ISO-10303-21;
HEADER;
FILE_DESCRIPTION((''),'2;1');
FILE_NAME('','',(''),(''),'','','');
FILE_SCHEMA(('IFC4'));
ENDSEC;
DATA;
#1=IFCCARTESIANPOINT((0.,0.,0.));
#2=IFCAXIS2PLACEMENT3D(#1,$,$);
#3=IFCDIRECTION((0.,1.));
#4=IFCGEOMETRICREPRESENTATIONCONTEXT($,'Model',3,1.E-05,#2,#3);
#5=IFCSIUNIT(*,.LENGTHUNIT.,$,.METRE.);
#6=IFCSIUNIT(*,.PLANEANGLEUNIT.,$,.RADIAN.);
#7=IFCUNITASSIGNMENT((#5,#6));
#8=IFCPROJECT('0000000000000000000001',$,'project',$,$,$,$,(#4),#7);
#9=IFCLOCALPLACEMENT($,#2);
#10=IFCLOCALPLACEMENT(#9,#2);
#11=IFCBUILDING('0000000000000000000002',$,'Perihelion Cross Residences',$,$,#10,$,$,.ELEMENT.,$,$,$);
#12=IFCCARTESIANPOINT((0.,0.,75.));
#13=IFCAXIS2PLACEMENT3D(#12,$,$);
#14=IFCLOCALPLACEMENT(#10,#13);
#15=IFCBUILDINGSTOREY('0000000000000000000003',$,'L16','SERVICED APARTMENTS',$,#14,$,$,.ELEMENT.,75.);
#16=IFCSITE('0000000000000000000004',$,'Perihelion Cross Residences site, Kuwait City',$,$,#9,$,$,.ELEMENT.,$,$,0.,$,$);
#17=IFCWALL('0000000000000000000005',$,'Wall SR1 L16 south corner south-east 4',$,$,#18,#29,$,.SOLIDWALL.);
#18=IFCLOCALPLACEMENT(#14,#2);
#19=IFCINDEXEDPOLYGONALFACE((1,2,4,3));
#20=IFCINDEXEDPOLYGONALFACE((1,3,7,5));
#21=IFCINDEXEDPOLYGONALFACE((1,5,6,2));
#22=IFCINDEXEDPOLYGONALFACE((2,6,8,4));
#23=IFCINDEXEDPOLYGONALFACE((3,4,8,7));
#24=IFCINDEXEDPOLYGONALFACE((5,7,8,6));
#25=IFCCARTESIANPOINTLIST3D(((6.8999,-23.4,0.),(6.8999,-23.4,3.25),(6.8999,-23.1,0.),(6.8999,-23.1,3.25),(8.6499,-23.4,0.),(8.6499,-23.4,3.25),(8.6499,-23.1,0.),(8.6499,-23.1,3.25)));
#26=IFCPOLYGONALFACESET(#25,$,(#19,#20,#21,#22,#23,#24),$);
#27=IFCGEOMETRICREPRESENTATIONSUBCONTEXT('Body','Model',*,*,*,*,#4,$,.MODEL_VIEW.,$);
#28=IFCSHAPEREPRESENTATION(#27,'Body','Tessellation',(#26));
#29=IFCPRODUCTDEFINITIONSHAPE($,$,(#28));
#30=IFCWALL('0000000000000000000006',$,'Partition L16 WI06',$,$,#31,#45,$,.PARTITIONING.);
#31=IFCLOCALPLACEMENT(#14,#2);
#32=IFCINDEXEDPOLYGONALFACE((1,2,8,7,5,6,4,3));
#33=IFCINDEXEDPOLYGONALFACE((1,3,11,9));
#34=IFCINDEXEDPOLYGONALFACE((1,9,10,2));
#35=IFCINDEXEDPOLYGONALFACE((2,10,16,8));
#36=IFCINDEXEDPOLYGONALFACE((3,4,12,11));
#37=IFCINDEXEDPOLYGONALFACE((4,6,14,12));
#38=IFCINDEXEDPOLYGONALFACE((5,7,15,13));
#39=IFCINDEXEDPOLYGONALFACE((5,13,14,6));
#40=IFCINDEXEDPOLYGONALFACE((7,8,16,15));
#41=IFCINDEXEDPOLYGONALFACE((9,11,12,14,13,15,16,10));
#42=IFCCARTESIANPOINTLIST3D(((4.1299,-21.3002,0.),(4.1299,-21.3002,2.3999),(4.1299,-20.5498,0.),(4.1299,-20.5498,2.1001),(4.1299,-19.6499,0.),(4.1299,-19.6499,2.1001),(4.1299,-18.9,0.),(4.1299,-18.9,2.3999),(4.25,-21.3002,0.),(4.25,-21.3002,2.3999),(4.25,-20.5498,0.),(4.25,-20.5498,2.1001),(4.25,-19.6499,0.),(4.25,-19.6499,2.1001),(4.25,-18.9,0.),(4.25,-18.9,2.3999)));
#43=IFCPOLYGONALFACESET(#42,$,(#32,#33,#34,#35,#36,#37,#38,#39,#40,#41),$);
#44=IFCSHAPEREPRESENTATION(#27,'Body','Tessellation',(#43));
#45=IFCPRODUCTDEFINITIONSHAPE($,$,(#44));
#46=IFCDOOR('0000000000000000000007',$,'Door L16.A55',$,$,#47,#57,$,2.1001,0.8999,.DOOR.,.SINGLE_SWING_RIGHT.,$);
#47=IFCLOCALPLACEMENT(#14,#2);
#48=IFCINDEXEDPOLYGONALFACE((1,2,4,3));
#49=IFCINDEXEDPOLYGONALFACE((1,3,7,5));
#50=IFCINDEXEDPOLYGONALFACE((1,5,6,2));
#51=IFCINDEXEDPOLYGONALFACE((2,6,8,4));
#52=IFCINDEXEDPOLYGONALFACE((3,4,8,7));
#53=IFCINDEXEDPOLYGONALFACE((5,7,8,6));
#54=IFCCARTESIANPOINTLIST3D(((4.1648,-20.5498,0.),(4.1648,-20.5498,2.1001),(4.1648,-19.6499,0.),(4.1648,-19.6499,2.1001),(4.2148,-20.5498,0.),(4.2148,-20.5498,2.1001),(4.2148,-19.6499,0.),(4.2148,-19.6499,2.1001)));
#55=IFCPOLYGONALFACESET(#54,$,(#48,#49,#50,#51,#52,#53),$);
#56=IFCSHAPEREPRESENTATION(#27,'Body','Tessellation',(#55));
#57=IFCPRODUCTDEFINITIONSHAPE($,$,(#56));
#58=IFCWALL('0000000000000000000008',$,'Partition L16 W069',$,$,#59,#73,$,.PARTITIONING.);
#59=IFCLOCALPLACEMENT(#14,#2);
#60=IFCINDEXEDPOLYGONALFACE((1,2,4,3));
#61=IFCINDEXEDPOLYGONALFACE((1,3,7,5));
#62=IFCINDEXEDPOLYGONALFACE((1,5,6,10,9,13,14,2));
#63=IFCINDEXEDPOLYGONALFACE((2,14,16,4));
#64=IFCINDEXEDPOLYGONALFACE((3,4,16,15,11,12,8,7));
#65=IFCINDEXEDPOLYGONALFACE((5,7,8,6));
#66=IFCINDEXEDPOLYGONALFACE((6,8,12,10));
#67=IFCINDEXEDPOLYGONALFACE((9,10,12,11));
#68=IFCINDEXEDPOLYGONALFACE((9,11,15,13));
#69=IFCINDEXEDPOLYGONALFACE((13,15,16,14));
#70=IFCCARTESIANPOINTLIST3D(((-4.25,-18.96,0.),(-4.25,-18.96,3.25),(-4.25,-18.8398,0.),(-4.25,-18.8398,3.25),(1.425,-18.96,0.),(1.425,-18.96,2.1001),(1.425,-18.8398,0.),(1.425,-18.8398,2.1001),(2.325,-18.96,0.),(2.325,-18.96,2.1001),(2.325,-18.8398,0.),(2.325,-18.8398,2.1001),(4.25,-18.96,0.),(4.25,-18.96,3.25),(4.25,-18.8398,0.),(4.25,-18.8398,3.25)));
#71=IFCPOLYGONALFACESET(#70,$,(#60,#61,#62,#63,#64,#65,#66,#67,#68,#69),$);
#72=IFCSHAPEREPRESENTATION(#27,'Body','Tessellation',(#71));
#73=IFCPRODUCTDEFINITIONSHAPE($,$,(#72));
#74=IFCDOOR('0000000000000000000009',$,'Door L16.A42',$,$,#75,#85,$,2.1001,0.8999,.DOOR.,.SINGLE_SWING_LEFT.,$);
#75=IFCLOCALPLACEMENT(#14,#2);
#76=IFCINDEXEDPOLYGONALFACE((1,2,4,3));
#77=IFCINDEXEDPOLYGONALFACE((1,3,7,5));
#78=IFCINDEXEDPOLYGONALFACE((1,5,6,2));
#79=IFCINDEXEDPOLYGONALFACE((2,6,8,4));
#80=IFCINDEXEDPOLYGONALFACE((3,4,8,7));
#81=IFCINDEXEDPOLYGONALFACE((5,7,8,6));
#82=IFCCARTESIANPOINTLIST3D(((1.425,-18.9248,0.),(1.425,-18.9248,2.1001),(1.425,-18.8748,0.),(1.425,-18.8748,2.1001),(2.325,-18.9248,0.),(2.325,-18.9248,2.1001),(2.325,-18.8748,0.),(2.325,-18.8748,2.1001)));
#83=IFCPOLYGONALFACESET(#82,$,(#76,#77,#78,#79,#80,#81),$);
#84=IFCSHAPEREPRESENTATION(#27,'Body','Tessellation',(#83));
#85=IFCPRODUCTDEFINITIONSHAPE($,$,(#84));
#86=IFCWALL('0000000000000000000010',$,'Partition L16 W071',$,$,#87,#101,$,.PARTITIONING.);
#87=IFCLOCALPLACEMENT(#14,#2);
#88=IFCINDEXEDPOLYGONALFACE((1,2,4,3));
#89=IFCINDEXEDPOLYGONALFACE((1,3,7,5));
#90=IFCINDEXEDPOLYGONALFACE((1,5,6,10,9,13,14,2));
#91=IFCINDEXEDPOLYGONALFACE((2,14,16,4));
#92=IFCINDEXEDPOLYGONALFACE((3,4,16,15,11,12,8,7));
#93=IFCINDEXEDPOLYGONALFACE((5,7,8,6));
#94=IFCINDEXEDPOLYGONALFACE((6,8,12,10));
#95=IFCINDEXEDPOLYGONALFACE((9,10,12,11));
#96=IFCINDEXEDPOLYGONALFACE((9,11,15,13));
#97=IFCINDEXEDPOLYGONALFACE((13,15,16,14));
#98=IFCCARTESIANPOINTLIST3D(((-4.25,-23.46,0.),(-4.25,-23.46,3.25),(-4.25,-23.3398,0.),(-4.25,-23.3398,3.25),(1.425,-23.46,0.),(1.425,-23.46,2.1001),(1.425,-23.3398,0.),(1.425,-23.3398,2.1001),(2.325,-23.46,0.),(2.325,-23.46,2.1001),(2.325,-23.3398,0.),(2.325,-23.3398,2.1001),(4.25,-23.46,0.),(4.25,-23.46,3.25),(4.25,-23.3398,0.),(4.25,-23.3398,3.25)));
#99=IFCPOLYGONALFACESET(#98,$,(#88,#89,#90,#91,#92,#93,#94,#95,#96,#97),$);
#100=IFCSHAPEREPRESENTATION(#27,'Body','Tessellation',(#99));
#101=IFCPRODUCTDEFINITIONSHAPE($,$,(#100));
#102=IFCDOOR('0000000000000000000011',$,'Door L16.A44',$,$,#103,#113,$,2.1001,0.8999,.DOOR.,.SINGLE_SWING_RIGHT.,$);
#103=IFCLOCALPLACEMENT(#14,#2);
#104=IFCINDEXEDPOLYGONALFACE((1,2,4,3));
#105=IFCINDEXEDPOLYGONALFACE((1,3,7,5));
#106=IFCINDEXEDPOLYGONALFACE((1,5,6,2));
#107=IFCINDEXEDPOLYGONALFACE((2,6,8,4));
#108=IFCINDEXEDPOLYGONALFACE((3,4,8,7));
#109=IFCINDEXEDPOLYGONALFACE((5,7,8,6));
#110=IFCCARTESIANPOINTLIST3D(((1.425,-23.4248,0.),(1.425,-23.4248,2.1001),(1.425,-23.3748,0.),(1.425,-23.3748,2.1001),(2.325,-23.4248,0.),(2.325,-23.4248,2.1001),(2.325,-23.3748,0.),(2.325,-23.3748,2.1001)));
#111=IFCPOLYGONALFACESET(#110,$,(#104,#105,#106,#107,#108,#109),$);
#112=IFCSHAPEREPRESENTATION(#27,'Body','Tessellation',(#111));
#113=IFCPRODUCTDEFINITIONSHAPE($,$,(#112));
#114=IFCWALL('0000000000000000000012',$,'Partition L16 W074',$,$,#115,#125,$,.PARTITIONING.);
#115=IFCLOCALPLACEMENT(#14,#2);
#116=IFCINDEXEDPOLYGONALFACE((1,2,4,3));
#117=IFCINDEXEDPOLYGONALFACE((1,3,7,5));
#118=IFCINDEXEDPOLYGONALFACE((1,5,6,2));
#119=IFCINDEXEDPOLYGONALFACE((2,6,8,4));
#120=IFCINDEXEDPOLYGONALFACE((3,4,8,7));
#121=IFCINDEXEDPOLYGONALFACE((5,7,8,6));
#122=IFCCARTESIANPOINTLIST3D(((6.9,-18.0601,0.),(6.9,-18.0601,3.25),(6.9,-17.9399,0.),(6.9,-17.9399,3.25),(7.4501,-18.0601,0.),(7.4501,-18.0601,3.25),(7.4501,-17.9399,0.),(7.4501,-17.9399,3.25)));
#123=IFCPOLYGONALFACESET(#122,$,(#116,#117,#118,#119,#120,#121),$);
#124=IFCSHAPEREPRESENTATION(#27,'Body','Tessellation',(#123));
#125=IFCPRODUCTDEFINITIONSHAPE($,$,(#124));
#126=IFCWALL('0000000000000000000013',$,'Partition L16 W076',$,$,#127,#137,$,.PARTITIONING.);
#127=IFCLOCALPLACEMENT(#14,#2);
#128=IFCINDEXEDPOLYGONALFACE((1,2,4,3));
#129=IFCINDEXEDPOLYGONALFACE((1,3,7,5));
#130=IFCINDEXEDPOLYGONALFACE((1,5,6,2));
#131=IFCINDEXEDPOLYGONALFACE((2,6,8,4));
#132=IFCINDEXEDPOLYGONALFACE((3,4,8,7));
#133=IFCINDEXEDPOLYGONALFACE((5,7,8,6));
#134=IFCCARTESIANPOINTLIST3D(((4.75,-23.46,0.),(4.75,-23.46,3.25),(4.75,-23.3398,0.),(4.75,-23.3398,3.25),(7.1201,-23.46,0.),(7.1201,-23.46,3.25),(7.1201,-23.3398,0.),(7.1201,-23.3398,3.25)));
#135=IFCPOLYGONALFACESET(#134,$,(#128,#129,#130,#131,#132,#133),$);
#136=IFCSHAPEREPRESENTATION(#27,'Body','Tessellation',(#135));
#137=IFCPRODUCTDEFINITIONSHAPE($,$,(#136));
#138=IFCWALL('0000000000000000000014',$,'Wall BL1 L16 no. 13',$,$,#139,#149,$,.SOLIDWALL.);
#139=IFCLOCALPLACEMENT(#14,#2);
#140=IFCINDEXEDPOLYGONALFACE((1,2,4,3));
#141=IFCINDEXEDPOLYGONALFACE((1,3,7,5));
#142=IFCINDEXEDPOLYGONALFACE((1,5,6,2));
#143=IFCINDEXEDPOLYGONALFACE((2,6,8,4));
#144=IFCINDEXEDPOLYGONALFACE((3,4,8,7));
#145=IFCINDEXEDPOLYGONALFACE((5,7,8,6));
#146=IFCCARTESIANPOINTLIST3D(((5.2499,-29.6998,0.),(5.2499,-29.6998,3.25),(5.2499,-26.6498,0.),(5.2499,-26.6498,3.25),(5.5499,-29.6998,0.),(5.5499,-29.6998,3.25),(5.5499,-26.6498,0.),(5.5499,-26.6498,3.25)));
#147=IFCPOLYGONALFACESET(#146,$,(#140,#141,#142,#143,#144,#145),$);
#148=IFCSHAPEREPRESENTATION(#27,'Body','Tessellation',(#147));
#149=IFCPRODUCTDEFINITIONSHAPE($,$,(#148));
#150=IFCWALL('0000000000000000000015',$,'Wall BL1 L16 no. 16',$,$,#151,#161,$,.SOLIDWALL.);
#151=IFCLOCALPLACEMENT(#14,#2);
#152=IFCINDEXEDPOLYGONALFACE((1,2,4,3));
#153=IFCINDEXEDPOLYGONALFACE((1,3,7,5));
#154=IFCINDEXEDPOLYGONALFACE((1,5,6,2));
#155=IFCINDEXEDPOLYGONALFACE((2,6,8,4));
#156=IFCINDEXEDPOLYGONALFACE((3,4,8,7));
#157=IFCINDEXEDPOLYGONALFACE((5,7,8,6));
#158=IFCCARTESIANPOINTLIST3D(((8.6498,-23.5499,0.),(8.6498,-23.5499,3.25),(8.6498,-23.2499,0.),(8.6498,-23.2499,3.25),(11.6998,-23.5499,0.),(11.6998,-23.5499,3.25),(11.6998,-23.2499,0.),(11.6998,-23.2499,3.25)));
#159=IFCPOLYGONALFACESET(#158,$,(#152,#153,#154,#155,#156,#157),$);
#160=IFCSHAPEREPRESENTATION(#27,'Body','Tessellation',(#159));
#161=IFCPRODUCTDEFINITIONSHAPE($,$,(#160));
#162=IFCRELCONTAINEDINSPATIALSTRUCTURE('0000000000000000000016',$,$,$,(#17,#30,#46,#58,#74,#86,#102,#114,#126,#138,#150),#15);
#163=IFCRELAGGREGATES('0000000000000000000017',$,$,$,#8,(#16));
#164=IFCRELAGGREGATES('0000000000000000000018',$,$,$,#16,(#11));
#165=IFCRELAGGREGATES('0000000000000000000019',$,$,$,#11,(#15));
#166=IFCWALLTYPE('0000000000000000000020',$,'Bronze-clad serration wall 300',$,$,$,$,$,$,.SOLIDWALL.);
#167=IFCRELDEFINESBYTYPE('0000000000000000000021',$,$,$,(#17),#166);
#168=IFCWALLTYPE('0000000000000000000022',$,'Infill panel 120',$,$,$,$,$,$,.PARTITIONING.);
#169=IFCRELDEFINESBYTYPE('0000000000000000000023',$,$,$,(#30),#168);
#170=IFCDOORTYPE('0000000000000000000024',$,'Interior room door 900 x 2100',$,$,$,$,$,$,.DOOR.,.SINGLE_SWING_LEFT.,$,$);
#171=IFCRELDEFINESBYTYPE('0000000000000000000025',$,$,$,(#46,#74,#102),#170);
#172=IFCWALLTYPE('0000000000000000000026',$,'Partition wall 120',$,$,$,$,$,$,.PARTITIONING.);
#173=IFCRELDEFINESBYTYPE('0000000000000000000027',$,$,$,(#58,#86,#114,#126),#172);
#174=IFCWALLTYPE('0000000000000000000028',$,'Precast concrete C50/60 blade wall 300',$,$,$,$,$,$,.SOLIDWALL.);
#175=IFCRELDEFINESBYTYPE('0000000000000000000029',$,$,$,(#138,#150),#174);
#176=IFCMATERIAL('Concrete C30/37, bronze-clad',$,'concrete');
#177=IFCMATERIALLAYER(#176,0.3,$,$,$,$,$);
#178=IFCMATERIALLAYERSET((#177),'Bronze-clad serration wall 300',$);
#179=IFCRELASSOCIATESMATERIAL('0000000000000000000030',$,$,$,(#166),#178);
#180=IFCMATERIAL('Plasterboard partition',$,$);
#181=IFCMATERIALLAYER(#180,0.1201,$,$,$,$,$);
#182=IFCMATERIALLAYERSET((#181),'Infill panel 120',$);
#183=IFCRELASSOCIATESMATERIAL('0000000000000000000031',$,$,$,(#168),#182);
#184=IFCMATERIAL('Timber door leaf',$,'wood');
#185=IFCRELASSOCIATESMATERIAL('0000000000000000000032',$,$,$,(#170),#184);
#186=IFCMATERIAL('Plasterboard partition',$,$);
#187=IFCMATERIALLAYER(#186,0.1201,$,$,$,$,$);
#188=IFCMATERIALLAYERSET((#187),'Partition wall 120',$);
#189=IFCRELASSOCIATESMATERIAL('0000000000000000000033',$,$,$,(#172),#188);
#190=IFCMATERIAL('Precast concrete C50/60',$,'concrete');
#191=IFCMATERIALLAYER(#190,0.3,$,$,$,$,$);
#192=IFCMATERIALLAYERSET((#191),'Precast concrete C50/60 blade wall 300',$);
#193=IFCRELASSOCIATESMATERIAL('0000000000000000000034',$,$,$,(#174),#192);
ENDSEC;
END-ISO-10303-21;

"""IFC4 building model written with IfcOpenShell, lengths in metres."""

from ifc_helpers import new_model, si_unit, direction, frame, frame_2d, origin, place, context, subcontext, project, spatial, rectangle, extrude, material, layer, layer_set, type_object, element, fill, save


model = new_model("IFC4")

# Units and contexts
model_context = context("Model", 3, precision=1e-05, world=origin(), true_north=direction((0.0, 1.0)))
body_context = subcontext(model_context, "Body", "Model", "MODEL_VIEW")
ifc_project = project(units=[si_unit("LENGTHUNIT", "METRE"), si_unit("PLANEANGLEUNIT", "RADIAN")], contexts=[model_context])

# Site, building, storey
site_placement = place(None, origin())
site = spatial("IfcSite", under=ifc_project, at=site_placement, Name="Perihelion Cross Residences site, Kuwait City", CompositionType="ELEMENT", RefElevation=0.0)
building_placement = place(site_placement, origin())
building = spatial("IfcBuilding", under=site, at=building_placement, Name="Perihelion Cross Residences", CompositionType="ELEMENT")
storey_placement = place(building_placement, frame((0.0, 0.0, 75.0)))
storey = spatial("IfcBuildingStorey", under=building, at=storey_placement, Name="L16", Description="SERVICED APARTMENTS", CompositionType="ELEMENT", Elevation=75.0)

# Wall
ifc_material_1 = material(Name="Concrete C30/37, bronze-clad", Category="concrete")
ifc_layer_1 = layer(ifc_material_1, 0.3)
ifc_layer_set_1 = layer_set([ifc_layer_1], Name="Bronze-clad serration wall 300")
wall_type_1 = type_object("IfcWallType", Name="Bronze-clad serration wall 300", PredefinedType="SOLIDWALL", material=ifc_layer_set_1)
wall_1_placement = place(storey_placement, frame((6.8999, -23.25, 0.0), z_axis=(0.0, 0.0, 1.0), x_axis=(1.0, 0.0, 0.0)))
element("IfcWall", 1, at=wall_1_placement, inside=storey, type_object=wall_type_1, Name="Wall SR1 L16 south corner south-east 4", PredefinedType="SOLIDWALL", context=body_context, shape_type="SweptSolid", body=[
    extrude(rectangle(XDim=1.75, YDim=0.3, at=frame_2d((0.875, 0.0))), origin(), (0.0, 0.0, 1.0), 3.25),
])

# Walls, openings, doors
ifc_material_2 = material(Name="Plasterboard partition")
ifc_layer_2 = layer(ifc_material_2, 0.1201)
ifc_layer_set_2 = layer_set([ifc_layer_2], Name="Infill panel 120")
wall_type_2 = type_object("IfcWallType", Name="Infill panel 120", PredefinedType="PARTITIONING", material=ifc_layer_set_2)
wall_2_placement = place(storey_placement, frame((4.1899, -18.8999, 0.0), z_axis=(0.0, 0.0, 1.0), x_axis=(0.0, -1.0, 0.0)))
wall_2 = element("IfcWall", 2, at=wall_2_placement, inside=storey, type_object=wall_type_2, Name="Partition L16 WI06", PredefinedType="PARTITIONING", context=body_context, shape_type="SweptSolid", body=[
    extrude(rectangle(XDim=2.4001, YDim=0.1201, at=frame_2d((1.2002, 0.0))), origin(), (0.0, 0.0, 1.0), 2.3999),
])
opening_1_placement = place(wall_2_placement, frame((0.75, 0.0, 0.0)))
opening_1 = element("IfcOpeningElement", 3, at=opening_1_placement, cuts=wall_2, PredefinedType="OPENING", context=body_context, shape_type="SweptSolid", body=[
    extrude(rectangle(XDim=0.8999, YDim=2.1001, at=frame_2d((0.45, 1.05))), frame((0.0, 0.0701, 0.0), z_axis=(0.0, -1.0, 0.0), x_axis=(1.0, 0.0, 0.0)), (0.0, 0.0, 1.0), 0.1401),
])
ifc_material_3 = material(Name="Timber door leaf", Category="wood")
door_type_1 = type_object("IfcDoorType", Name="Interior room door 900 x 2100", OperationType="SINGLE_SWING_LEFT", PredefinedType="DOOR", material=ifc_material_3)
door_1_placement = place(opening_1_placement, origin())
door_1 = element("IfcDoor", 4, at=door_1_placement, inside=storey, type_object=door_type_1, Name="Door L16.A55", OperationType="SINGLE_SWING_RIGHT", OverallHeight=2.1001, OverallWidth=0.8999, PredefinedType="DOOR", context=body_context, shape_type="SweptSolid", body=[
    extrude(rectangle(XDim=0.8999, YDim=2.1001, at=frame_2d((0.45, 1.05))), frame((0.0, 0.0249, 0.0), z_axis=(0.0, -1.0, 0.0), x_axis=(1.0, 0.0, 0.0)), (0.0, 0.0, 1.0), 0.05),
])
fill(opening_1, door_1)
ifc_material_4 = material(Name="Plasterboard partition")
ifc_layer_3 = layer(ifc_material_4, 0.1201)
ifc_layer_set_3 = layer_set([ifc_layer_3], Name="Partition wall 120")
wall_type_3 = type_object("IfcWallType", Name="Partition wall 120", PredefinedType="PARTITIONING", material=ifc_layer_set_3)
wall_3_placement = place(storey_placement, frame((4.25, -18.8999, 0.0), z_axis=(0.0, 0.0, 1.0), x_axis=(-1.0, 0.0, 0.0)))
wall_3 = element("IfcWall", 5, at=wall_3_placement, inside=storey, type_object=wall_type_3, Name="Partition L16 W069", PredefinedType="PARTITIONING", context=body_context, shape_type="SweptSolid", body=[
    extrude(rectangle(XDim=8.5, YDim=0.1201, at=frame_2d((4.25, 0.0))), origin(), (0.0, 0.0, 1.0), 3.25),
])
opening_2_placement = place(wall_3_placement, frame((1.925, 0.0, 0.0)))
opening_2 = element("IfcOpeningElement", 6, at=opening_2_placement, cuts=wall_3, PredefinedType="OPENING", context=body_context, shape_type="SweptSolid", body=[
    extrude(rectangle(XDim=0.8999, YDim=2.1001, at=frame_2d((0.45, 1.05))), frame((0.0, 0.0701, 0.0), z_axis=(0.0, -1.0, 0.0), x_axis=(1.0, 0.0, 0.0)), (0.0, 0.0, 1.0), 0.1401),
])
door_2_placement = place(opening_2_placement, origin())
door_2 = element("IfcDoor", 7, at=door_2_placement, inside=storey, type_object=door_type_1, Name="Door L16.A42", OperationType="SINGLE_SWING_LEFT", OverallHeight=2.1001, OverallWidth=0.8999, PredefinedType="DOOR", context=body_context, shape_type="SweptSolid", body=[
    extrude(rectangle(XDim=0.8999, YDim=2.1001, at=frame_2d((0.45, 1.05))), frame((0.0, 0.0249, 0.0), z_axis=(0.0, -1.0, 0.0), x_axis=(1.0, 0.0, 0.0)), (0.0, 0.0, 1.0), 0.05),
])
fill(opening_2, door_2)
wall_4_placement = place(storey_placement, frame((4.25, -23.3999, 0.0), z_axis=(0.0, 0.0, 1.0), x_axis=(-1.0, 0.0, 0.0)))
wall_4 = element("IfcWall", 8, at=wall_4_placement, inside=storey, type_object=wall_type_3, Name="Partition L16 W071", PredefinedType="PARTITIONING", context=body_context, shape_type="SweptSolid", body=[
    extrude(rectangle(XDim=8.5, YDim=0.1201, at=frame_2d((4.25, 0.0))), origin(), (0.0, 0.0, 1.0), 3.25),
])
opening_3_placement = place(wall_4_placement, frame((1.925, 0.0, 0.0)))
opening_3 = element("IfcOpeningElement", 9, at=opening_3_placement, cuts=wall_4, PredefinedType="OPENING", context=body_context, shape_type="SweptSolid", body=[
    extrude(rectangle(XDim=0.8999, YDim=2.1001, at=frame_2d((0.45, 1.05))), frame((0.0, 0.0701, 0.0), z_axis=(0.0, -1.0, 0.0), x_axis=(1.0, 0.0, 0.0)), (0.0, 0.0, 1.0), 0.1401),
])
door_3_placement = place(opening_3_placement, origin())
door_3 = element("IfcDoor", 10, at=door_3_placement, inside=storey, type_object=door_type_1, Name="Door L16.A44", OperationType="SINGLE_SWING_RIGHT", OverallHeight=2.1001, OverallWidth=0.8999, PredefinedType="DOOR", context=body_context, shape_type="SweptSolid", body=[
    extrude(rectangle(XDim=0.8999, YDim=2.1001, at=frame_2d((0.45, 1.05))), frame((0.0, 0.0249, 0.0), z_axis=(0.0, -1.0, 0.0), x_axis=(1.0, 0.0, 0.0)), (0.0, 0.0, 1.0), 0.05),
])
fill(opening_3, door_3)

# Walls
wall_5_placement = place(storey_placement, frame((7.45, -18.0, 0.0), z_axis=(0.0, 0.0, 1.0), x_axis=(-1.0, 0.0, 0.0)))
element("IfcWall", 11, at=wall_5_placement, inside=storey, type_object=wall_type_3, Name="Partition L16 W074", PredefinedType="PARTITIONING", context=body_context, shape_type="SweptSolid", body=[
    extrude(rectangle(XDim=0.55, YDim=0.1201, at=frame_2d((0.2749, 0.0))), origin(), (0.0, 0.0, 1.0), 3.25),
])
wall_6_placement = place(storey_placement, frame((7.1201, -23.3999, 0.0), z_axis=(0.0, 0.0, 1.0), x_axis=(-1.0, 0.0, 0.0)))
element("IfcWall", 12, at=wall_6_placement, inside=storey, type_object=wall_type_3, Name="Partition L16 W076", PredefinedType="PARTITIONING", context=body_context, shape_type="SweptSolid", body=[
    extrude(rectangle(XDim=2.3701, YDim=0.1201, at=frame_2d((1.1851, 0.0))), origin(), (0.0, 0.0, 1.0), 3.25),
])
ifc_material_5 = material(Name="Precast concrete C50/60", Category="concrete")
ifc_layer_4 = layer(ifc_material_5, 0.3)
ifc_layer_set_4 = layer_set([ifc_layer_4], Name="Precast concrete C50/60 blade wall 300")
wall_type_4 = type_object("IfcWallType", Name="Precast concrete C50/60 blade wall 300", PredefinedType="SOLIDWALL", material=ifc_layer_set_4)
for number, where, z_axis, x_axis, name in (
    (13, (5.3999, -26.6499, 0.0), (0.0, 0.0, 1.0), (0.0, -1.0, 0.0), "Wall BL1 L16 no. 13"),
    (14, (8.6499, -23.3999, 0.0), (0.0, 0.0, 1.0), (1.0, 0.0, 0.0), "Wall BL1 L16 no. 16"),
):
    element("IfcWall", number, at=place(storey_placement, frame(where, z_axis=z_axis, x_axis=x_axis)), inside=storey, type_object=wall_type_4, Name=name, PredefinedType="SOLIDWALL", context=body_context, shape_type="SweptSolid", body=[
        extrude(rectangle(XDim=3.05, YDim=0.3, at=frame_2d((1.5249, 0.0))), origin(), (0.0, 0.0, 1.0), 3.25),
    ])

save(model, "model.ifc")
